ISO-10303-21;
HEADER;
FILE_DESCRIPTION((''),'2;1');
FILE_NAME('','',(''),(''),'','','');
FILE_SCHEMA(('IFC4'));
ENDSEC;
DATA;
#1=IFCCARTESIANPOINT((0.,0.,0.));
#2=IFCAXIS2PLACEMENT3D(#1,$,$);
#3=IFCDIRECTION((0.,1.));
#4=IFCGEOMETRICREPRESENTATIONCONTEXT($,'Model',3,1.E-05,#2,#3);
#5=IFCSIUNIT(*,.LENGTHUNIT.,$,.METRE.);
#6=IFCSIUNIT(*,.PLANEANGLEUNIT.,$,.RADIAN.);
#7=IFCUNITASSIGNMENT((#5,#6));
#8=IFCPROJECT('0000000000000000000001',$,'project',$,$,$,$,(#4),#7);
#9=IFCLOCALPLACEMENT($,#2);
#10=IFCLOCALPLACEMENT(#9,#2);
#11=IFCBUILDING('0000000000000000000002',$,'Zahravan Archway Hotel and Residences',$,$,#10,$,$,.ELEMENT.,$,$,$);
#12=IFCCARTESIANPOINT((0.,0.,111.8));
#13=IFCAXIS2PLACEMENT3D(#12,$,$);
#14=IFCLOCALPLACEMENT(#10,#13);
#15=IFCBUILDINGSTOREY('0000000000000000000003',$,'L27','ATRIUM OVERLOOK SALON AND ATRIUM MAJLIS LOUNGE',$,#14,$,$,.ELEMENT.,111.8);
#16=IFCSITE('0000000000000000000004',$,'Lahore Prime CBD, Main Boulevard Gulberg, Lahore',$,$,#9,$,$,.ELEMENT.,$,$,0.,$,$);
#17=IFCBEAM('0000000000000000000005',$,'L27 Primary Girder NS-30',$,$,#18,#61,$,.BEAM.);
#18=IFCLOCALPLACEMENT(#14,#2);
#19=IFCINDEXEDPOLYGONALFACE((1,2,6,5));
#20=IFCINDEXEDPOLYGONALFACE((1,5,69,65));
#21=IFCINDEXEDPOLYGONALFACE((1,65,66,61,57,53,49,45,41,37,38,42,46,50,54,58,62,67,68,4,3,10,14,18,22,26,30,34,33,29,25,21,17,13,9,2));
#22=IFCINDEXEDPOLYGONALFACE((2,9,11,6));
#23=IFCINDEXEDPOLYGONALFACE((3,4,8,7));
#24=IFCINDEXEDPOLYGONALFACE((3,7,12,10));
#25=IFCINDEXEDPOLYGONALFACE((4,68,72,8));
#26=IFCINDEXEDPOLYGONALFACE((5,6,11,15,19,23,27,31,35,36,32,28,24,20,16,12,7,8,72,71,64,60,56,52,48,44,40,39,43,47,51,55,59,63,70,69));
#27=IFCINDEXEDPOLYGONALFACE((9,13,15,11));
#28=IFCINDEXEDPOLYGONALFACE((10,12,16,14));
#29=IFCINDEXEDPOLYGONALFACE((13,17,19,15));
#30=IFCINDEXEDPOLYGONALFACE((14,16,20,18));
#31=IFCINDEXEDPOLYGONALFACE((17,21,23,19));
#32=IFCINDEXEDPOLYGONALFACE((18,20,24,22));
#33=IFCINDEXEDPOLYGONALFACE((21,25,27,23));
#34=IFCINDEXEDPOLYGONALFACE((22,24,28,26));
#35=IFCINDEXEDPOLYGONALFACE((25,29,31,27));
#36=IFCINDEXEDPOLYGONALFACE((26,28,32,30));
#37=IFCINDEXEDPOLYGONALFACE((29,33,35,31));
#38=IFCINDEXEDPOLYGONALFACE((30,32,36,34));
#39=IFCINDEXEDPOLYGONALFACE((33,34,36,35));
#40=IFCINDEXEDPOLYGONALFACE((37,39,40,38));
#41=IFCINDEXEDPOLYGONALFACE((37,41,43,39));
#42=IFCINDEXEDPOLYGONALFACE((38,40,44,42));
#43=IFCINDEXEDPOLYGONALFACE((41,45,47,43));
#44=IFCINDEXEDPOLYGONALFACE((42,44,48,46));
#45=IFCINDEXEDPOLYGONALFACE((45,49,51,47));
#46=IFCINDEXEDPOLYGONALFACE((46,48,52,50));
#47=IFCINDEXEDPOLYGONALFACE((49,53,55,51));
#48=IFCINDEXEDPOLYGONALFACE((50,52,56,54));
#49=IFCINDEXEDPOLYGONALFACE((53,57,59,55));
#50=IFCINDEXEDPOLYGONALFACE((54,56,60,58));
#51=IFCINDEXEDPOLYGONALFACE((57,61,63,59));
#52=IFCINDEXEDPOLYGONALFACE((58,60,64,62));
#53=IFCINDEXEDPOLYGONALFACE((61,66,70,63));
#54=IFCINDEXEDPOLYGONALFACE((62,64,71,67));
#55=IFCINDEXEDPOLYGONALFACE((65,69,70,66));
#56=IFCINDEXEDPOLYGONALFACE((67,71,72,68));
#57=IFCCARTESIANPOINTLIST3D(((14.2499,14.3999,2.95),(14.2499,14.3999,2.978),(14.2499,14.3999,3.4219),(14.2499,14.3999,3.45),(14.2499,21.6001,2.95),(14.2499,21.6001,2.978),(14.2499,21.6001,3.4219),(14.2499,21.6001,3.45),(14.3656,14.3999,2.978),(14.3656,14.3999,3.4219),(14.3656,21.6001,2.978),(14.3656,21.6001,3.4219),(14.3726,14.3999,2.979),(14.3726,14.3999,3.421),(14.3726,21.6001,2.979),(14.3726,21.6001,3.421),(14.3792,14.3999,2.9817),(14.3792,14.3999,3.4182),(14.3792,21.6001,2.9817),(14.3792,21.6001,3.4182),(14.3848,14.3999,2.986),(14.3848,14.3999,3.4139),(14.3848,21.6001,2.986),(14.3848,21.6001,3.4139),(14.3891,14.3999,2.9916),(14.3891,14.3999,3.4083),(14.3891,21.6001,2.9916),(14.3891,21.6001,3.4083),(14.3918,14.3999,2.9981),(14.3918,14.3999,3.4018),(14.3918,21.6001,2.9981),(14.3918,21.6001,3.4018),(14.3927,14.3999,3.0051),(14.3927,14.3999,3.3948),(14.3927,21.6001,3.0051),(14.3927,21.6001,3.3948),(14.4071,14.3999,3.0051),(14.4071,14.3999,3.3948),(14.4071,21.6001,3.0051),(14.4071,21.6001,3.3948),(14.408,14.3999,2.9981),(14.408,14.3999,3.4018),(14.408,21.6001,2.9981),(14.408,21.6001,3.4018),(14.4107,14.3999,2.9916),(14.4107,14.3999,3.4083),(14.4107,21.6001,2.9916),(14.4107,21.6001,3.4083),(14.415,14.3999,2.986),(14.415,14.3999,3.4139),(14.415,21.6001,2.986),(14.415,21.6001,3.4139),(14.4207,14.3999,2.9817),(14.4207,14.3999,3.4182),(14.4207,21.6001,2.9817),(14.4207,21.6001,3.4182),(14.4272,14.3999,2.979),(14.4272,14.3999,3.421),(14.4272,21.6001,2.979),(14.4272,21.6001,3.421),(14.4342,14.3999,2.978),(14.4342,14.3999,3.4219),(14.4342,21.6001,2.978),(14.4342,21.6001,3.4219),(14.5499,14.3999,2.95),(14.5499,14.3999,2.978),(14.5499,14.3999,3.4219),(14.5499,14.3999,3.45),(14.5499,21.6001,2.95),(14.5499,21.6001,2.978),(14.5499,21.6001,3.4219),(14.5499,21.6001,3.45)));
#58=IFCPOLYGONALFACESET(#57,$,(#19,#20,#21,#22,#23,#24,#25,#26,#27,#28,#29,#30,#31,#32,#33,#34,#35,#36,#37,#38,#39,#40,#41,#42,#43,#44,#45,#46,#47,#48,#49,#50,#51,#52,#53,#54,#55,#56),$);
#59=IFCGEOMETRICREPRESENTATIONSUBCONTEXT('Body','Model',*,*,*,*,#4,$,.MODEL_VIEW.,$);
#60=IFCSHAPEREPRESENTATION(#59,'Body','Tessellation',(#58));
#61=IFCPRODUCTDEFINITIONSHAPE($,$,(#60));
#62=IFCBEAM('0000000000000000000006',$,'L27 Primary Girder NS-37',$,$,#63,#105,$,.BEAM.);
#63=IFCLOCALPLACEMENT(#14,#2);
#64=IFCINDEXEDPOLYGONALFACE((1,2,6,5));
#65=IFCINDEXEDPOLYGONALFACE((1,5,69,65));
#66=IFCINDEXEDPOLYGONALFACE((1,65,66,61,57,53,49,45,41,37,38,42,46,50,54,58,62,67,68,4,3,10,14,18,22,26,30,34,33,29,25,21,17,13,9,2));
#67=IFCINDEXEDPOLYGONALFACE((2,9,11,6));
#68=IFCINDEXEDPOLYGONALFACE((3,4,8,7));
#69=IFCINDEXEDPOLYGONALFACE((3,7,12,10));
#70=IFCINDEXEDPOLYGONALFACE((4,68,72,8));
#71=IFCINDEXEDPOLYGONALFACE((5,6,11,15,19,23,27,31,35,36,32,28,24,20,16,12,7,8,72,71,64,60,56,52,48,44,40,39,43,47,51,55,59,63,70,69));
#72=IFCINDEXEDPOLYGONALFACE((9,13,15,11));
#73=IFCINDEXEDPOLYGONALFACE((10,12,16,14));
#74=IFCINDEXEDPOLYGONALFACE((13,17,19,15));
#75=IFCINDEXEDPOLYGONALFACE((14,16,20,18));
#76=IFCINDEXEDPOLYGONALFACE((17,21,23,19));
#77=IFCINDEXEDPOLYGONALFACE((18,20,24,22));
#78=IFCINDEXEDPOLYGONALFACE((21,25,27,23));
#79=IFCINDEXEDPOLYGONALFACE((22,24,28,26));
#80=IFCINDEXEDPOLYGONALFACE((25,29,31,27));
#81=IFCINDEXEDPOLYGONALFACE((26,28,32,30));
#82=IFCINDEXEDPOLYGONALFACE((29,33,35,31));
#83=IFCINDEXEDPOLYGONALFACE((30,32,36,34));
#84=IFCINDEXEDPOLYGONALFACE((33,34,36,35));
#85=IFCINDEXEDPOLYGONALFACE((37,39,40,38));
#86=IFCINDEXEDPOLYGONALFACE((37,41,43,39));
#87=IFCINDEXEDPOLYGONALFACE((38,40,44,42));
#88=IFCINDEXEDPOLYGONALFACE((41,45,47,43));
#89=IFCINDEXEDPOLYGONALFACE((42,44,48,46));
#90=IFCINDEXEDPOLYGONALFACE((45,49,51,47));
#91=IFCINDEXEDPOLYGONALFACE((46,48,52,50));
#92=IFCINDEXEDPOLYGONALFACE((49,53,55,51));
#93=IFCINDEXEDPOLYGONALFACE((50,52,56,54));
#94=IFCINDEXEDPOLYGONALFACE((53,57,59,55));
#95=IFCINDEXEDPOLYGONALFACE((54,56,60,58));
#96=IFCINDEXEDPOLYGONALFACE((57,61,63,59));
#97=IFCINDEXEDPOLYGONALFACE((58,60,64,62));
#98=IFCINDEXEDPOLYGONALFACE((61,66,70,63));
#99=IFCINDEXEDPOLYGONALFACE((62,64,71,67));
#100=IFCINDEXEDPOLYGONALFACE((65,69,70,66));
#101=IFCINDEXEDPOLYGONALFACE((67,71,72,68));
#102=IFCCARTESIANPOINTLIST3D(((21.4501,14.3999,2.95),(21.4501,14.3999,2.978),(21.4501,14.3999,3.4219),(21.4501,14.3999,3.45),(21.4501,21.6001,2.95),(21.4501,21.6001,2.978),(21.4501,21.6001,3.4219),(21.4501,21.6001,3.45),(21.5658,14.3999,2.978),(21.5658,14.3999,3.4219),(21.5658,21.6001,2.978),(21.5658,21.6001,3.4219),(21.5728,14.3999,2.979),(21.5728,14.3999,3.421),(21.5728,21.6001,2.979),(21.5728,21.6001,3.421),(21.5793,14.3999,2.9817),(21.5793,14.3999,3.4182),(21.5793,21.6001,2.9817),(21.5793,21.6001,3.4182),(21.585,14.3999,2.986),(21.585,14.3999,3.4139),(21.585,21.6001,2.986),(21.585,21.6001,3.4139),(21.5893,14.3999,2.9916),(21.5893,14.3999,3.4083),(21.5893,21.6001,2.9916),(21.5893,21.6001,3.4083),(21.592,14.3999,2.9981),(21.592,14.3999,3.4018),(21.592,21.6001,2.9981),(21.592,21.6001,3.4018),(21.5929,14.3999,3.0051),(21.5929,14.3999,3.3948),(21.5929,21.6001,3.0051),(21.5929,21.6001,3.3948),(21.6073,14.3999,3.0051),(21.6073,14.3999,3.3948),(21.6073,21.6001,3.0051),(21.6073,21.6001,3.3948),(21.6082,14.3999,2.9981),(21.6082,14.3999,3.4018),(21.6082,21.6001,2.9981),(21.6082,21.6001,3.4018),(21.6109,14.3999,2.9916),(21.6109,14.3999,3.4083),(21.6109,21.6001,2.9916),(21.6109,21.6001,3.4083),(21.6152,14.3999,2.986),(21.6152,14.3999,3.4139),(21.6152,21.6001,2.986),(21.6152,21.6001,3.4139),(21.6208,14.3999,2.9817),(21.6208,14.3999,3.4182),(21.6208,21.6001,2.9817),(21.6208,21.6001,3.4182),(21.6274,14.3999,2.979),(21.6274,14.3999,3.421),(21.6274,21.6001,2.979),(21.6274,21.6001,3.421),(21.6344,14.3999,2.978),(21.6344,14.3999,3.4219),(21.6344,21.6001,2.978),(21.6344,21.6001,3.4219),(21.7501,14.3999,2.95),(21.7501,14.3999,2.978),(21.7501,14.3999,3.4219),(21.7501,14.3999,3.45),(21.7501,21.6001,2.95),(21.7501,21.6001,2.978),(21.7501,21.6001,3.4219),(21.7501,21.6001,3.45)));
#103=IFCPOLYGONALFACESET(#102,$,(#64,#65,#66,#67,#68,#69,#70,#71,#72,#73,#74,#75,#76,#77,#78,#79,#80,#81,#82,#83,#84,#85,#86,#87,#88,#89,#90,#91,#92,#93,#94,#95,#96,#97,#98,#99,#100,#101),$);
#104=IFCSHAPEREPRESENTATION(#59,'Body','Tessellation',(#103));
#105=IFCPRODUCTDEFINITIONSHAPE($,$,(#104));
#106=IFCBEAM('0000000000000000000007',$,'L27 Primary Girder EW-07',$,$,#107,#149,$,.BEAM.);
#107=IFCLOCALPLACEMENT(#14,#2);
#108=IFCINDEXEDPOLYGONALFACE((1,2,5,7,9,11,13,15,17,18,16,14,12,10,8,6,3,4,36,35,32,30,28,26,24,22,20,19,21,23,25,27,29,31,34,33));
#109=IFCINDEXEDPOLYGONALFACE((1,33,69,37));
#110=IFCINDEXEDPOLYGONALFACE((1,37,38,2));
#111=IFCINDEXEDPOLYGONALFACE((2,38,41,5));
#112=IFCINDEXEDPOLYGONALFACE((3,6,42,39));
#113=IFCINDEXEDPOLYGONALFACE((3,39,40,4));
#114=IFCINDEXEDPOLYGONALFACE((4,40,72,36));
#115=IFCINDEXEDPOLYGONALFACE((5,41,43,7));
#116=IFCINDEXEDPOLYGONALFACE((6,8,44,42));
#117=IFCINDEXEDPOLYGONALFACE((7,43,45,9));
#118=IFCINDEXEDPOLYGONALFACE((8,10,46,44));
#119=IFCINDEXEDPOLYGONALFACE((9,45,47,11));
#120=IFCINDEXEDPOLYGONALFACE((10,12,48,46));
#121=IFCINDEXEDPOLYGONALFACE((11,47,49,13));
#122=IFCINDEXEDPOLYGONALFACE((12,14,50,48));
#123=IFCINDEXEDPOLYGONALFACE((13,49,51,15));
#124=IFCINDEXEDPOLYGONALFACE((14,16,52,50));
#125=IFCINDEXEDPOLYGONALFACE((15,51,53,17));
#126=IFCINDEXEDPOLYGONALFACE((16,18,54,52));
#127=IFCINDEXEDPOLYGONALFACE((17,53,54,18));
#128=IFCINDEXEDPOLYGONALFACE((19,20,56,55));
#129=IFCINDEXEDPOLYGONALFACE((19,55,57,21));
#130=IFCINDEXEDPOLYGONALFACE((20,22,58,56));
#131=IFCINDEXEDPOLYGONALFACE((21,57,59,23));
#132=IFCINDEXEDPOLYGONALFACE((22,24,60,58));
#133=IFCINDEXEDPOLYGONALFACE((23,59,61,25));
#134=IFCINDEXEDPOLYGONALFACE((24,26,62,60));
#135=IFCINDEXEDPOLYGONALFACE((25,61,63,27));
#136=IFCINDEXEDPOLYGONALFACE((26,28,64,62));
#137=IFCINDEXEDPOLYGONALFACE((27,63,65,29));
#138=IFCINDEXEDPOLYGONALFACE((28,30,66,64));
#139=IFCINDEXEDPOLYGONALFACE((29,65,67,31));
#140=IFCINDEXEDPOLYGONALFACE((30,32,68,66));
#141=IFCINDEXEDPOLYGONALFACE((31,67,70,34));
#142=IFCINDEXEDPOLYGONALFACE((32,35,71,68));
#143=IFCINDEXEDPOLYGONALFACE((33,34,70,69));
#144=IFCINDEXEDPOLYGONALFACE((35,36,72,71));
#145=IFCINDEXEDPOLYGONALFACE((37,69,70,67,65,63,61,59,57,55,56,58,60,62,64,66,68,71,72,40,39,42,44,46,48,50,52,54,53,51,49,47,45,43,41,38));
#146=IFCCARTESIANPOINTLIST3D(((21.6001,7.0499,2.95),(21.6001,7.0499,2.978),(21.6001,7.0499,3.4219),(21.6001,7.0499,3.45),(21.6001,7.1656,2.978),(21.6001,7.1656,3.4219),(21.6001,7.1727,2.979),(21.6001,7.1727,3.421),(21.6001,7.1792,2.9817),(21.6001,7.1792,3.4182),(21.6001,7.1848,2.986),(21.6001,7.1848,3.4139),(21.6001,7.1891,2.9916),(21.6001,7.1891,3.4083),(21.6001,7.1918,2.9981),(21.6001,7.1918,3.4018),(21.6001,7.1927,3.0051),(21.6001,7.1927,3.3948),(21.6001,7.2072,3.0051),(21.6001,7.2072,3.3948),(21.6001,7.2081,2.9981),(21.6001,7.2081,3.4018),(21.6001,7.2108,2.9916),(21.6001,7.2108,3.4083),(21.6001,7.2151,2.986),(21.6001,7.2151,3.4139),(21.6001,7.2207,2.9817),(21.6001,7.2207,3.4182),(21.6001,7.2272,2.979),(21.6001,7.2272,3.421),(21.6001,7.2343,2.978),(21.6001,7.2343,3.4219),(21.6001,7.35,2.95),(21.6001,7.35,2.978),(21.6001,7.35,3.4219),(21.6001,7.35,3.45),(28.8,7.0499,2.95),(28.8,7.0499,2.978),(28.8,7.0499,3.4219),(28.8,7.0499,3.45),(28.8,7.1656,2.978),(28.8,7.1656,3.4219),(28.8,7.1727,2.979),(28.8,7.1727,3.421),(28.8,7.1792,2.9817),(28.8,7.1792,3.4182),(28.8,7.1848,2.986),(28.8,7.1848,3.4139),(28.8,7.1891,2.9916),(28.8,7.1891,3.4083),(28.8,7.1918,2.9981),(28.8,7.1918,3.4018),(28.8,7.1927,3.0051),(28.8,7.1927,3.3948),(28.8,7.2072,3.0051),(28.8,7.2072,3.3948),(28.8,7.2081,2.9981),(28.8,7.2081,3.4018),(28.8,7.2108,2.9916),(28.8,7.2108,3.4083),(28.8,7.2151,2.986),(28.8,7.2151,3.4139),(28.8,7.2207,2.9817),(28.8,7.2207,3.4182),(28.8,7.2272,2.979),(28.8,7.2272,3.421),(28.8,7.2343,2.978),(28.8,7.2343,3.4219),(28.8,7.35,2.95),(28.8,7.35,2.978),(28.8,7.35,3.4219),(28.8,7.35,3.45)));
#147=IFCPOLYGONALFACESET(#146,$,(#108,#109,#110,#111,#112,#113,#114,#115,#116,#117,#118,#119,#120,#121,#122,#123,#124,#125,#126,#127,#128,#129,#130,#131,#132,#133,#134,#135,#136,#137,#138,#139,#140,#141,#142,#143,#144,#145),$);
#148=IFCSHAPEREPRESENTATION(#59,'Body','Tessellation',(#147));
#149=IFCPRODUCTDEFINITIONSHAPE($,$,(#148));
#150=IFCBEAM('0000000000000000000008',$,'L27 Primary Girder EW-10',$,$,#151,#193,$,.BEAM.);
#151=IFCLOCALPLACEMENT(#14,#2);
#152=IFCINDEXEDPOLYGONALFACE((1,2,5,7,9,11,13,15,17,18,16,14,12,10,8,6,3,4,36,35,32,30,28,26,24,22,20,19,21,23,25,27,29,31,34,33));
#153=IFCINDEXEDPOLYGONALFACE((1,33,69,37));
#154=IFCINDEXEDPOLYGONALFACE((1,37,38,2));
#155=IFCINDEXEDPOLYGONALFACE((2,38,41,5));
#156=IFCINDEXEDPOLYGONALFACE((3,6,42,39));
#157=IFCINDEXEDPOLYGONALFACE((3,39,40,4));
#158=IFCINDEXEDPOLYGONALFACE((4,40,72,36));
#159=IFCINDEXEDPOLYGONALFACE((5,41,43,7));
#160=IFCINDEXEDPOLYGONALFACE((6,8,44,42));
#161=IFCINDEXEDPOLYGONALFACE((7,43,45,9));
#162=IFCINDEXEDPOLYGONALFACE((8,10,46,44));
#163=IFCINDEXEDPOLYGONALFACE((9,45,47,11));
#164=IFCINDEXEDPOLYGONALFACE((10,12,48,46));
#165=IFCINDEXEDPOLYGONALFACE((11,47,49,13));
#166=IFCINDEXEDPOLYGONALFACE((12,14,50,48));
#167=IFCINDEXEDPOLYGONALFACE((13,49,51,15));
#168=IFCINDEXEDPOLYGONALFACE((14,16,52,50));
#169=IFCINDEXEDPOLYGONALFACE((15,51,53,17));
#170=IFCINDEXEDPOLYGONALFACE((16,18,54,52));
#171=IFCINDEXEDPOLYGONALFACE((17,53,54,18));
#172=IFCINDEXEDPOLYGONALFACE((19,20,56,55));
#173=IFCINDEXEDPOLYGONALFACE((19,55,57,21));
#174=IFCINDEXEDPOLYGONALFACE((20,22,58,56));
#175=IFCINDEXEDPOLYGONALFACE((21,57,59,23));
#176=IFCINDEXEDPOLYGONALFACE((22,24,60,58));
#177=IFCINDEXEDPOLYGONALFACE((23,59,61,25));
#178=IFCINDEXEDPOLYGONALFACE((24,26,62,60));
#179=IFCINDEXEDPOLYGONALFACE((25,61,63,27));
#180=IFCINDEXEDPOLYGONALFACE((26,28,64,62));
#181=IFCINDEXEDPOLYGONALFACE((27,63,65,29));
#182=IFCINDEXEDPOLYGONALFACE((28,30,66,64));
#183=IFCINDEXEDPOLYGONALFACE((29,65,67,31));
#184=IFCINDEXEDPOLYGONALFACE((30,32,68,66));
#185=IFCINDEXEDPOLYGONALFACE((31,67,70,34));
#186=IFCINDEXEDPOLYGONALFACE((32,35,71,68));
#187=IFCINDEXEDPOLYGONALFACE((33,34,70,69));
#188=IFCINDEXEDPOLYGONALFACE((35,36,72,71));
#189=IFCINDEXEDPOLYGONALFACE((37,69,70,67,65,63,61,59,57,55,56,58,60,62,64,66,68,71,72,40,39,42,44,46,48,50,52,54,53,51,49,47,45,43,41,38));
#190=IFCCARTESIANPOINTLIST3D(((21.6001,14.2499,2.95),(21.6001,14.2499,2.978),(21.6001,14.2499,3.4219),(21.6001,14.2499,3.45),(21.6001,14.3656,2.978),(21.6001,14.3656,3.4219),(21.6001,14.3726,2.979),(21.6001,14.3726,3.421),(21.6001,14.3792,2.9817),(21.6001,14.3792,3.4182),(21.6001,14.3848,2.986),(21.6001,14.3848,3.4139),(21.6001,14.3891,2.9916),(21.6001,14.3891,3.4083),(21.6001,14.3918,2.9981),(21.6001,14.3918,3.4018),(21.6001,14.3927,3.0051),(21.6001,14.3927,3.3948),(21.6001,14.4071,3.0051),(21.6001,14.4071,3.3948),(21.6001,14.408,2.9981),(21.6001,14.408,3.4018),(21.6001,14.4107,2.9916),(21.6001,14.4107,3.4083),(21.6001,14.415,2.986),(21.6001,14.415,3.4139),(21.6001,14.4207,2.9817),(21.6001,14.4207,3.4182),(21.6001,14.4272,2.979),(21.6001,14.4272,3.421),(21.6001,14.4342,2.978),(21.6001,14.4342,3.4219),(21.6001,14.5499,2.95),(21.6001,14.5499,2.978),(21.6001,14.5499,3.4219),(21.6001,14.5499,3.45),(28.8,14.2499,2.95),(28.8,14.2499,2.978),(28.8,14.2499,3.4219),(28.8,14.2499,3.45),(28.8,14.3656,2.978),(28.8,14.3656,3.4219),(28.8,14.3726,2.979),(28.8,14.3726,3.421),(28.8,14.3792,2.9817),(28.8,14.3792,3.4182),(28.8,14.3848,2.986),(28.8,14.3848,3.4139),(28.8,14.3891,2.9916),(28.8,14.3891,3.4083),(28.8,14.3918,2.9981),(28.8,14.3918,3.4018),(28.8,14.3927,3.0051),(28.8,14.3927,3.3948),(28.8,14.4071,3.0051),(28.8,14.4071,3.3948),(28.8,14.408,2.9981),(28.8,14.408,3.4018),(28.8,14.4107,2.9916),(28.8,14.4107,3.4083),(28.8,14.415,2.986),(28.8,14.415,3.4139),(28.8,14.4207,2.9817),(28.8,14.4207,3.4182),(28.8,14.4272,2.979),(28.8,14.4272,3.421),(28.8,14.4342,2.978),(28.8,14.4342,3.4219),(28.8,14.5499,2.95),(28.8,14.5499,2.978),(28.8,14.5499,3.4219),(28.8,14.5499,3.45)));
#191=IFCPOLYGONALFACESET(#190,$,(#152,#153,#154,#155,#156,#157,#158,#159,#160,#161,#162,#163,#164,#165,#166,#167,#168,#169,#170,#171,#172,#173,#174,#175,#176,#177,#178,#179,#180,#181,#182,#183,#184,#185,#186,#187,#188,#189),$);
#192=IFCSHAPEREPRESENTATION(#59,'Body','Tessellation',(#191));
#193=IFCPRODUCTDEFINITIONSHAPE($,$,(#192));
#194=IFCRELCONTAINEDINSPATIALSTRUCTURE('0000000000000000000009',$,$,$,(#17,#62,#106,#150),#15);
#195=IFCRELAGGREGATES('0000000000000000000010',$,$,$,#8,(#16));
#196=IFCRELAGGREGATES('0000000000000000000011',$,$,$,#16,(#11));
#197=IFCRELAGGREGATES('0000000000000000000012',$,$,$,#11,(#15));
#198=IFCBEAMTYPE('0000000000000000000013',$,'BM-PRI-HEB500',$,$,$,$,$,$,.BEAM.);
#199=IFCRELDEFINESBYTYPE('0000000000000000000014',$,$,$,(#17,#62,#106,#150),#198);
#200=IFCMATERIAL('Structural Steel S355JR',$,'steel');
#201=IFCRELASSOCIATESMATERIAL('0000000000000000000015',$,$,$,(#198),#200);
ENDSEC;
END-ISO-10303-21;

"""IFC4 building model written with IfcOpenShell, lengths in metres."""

from ifc_helpers import new_model, si_unit, direction, frame, origin, origin_2d, place, context, subcontext, project, spatial, i_section, extrude, source, transform, mapped, material, material_profile, profile_set, type_object, type_shapes, element, save


model = new_model("IFC4")

# Units and contexts
model_context = context("Model", 3, precision=1e-05, world=origin(), true_north=direction((0.0, 1.0)))
body_context = subcontext(model_context, "Body", "Model", "MODEL_VIEW")
ifc_project = project(units=[si_unit("LENGTHUNIT", "METRE"), si_unit("PLANEANGLEUNIT", "RADIAN")], contexts=[model_context])

# Site, building, storey
site_placement = place(None, origin())
site = spatial("IfcSite", under=ifc_project, at=site_placement, Name="Lahore Prime CBD, Main Boulevard Gulberg, Lahore", CompositionType="ELEMENT", RefElevation=0.0)
building_placement = place(site_placement, origin())
building = spatial("IfcBuilding", under=site, at=building_placement, Name="Zahravan Archway Hotel and Residences", CompositionType="ELEMENT")
storey_placement = place(building_placement, frame((0.0, 0.0, 111.8)))
storey = spatial("IfcBuildingStorey", under=building, at=storey_placement, Name="L27", Description="ATRIUM OVERLOOK SALON AND ATRIUM MAJLIS LOUNGE", CompositionType="ELEMENT", Elevation=111.8)

# Beams
ifc_material_1 = material(Name="Structural Steel S355JR", Category="steel")
ifc_material_profile_1 = material_profile(ifc_material_1, i_section(OverallWidth=0.3, OverallDepth=0.5, WebThickness=0.0144, FlangeThickness=0.0281, FilletRadius=0.0271, at=origin_2d()), Name="HEB 500", Category="steel")
ifc_profile_set_1 = profile_set([ifc_material_profile_1], Name="Structural Steel S355JR")
beam_type_1 = type_object("IfcBeamType", Name="BM-PRI-HEB500", PredefinedType="BEAM", material=ifc_profile_set_1)
shared_shape_1 = source(origin(), body_context, "Body", "SweptSolid", [
    extrude(i_section(OverallWidth=0.3, OverallDepth=0.5, WebThickness=0.0144, FlangeThickness=0.0281, FilletRadius=0.0271, at=origin_2d()), origin(), (0.0, 0.0, 1.0), 7.2002),
])
type_shapes(beam_type_1, [shared_shape_1])
for number, where, z_axis, x_axis, name in (
    (1, (14.3999, 14.3999, 3.2), (0.0, 1.0, 0.0), (-1.0, 0.0, 0.0), "L27 Primary Girder NS-30"),
    (2, (21.6001, 14.3999, 3.2), (0.0, 1.0, 0.0), (-1.0, 0.0, 0.0), "L27 Primary Girder NS-37"),
):
    element("IfcBeam", number, at=place(storey_placement, frame(where, z_axis=z_axis, x_axis=x_axis)), inside=storey, type_object=beam_type_1, Name=name, PredefinedType="BEAM", context=body_context, shape_type="MappedRepresentation", body=[
        mapped(shared_shape_1, transform((0.0, 0.0, 0.0), scale=1.0)),
    ])
shared_shape_2 = source(origin(), body_context, "Body", "SweptSolid", [
    extrude(i_section(OverallWidth=0.3, OverallDepth=0.5, WebThickness=0.0144, FlangeThickness=0.0281, FilletRadius=0.0271, at=origin_2d()), origin(), (0.0, 0.0, 1.0), 7.2),
])
for number, where, z_axis, x_axis, name in (
    (3, (21.6001, 7.2, 3.2), (1.0, 0.0, 0.0), (0.0, 1.0, 0.0), "L27 Primary Girder EW-07"),
    (4, (21.6001, 14.3999, 3.2), (1.0, 0.0, 0.0), (0.0, 1.0, 0.0), "L27 Primary Girder EW-10"),
):
    element("IfcBeam", number, at=place(storey_placement, frame(where, z_axis=z_axis, x_axis=x_axis)), inside=storey, type_object=beam_type_1, Name=name, PredefinedType="BEAM", context=body_context, shape_type="MappedRepresentation", body=[
        mapped(shared_shape_2, transform((0.0, 0.0, 0.0), scale=1.0)),
    ])

save(model, "model.ifc")
